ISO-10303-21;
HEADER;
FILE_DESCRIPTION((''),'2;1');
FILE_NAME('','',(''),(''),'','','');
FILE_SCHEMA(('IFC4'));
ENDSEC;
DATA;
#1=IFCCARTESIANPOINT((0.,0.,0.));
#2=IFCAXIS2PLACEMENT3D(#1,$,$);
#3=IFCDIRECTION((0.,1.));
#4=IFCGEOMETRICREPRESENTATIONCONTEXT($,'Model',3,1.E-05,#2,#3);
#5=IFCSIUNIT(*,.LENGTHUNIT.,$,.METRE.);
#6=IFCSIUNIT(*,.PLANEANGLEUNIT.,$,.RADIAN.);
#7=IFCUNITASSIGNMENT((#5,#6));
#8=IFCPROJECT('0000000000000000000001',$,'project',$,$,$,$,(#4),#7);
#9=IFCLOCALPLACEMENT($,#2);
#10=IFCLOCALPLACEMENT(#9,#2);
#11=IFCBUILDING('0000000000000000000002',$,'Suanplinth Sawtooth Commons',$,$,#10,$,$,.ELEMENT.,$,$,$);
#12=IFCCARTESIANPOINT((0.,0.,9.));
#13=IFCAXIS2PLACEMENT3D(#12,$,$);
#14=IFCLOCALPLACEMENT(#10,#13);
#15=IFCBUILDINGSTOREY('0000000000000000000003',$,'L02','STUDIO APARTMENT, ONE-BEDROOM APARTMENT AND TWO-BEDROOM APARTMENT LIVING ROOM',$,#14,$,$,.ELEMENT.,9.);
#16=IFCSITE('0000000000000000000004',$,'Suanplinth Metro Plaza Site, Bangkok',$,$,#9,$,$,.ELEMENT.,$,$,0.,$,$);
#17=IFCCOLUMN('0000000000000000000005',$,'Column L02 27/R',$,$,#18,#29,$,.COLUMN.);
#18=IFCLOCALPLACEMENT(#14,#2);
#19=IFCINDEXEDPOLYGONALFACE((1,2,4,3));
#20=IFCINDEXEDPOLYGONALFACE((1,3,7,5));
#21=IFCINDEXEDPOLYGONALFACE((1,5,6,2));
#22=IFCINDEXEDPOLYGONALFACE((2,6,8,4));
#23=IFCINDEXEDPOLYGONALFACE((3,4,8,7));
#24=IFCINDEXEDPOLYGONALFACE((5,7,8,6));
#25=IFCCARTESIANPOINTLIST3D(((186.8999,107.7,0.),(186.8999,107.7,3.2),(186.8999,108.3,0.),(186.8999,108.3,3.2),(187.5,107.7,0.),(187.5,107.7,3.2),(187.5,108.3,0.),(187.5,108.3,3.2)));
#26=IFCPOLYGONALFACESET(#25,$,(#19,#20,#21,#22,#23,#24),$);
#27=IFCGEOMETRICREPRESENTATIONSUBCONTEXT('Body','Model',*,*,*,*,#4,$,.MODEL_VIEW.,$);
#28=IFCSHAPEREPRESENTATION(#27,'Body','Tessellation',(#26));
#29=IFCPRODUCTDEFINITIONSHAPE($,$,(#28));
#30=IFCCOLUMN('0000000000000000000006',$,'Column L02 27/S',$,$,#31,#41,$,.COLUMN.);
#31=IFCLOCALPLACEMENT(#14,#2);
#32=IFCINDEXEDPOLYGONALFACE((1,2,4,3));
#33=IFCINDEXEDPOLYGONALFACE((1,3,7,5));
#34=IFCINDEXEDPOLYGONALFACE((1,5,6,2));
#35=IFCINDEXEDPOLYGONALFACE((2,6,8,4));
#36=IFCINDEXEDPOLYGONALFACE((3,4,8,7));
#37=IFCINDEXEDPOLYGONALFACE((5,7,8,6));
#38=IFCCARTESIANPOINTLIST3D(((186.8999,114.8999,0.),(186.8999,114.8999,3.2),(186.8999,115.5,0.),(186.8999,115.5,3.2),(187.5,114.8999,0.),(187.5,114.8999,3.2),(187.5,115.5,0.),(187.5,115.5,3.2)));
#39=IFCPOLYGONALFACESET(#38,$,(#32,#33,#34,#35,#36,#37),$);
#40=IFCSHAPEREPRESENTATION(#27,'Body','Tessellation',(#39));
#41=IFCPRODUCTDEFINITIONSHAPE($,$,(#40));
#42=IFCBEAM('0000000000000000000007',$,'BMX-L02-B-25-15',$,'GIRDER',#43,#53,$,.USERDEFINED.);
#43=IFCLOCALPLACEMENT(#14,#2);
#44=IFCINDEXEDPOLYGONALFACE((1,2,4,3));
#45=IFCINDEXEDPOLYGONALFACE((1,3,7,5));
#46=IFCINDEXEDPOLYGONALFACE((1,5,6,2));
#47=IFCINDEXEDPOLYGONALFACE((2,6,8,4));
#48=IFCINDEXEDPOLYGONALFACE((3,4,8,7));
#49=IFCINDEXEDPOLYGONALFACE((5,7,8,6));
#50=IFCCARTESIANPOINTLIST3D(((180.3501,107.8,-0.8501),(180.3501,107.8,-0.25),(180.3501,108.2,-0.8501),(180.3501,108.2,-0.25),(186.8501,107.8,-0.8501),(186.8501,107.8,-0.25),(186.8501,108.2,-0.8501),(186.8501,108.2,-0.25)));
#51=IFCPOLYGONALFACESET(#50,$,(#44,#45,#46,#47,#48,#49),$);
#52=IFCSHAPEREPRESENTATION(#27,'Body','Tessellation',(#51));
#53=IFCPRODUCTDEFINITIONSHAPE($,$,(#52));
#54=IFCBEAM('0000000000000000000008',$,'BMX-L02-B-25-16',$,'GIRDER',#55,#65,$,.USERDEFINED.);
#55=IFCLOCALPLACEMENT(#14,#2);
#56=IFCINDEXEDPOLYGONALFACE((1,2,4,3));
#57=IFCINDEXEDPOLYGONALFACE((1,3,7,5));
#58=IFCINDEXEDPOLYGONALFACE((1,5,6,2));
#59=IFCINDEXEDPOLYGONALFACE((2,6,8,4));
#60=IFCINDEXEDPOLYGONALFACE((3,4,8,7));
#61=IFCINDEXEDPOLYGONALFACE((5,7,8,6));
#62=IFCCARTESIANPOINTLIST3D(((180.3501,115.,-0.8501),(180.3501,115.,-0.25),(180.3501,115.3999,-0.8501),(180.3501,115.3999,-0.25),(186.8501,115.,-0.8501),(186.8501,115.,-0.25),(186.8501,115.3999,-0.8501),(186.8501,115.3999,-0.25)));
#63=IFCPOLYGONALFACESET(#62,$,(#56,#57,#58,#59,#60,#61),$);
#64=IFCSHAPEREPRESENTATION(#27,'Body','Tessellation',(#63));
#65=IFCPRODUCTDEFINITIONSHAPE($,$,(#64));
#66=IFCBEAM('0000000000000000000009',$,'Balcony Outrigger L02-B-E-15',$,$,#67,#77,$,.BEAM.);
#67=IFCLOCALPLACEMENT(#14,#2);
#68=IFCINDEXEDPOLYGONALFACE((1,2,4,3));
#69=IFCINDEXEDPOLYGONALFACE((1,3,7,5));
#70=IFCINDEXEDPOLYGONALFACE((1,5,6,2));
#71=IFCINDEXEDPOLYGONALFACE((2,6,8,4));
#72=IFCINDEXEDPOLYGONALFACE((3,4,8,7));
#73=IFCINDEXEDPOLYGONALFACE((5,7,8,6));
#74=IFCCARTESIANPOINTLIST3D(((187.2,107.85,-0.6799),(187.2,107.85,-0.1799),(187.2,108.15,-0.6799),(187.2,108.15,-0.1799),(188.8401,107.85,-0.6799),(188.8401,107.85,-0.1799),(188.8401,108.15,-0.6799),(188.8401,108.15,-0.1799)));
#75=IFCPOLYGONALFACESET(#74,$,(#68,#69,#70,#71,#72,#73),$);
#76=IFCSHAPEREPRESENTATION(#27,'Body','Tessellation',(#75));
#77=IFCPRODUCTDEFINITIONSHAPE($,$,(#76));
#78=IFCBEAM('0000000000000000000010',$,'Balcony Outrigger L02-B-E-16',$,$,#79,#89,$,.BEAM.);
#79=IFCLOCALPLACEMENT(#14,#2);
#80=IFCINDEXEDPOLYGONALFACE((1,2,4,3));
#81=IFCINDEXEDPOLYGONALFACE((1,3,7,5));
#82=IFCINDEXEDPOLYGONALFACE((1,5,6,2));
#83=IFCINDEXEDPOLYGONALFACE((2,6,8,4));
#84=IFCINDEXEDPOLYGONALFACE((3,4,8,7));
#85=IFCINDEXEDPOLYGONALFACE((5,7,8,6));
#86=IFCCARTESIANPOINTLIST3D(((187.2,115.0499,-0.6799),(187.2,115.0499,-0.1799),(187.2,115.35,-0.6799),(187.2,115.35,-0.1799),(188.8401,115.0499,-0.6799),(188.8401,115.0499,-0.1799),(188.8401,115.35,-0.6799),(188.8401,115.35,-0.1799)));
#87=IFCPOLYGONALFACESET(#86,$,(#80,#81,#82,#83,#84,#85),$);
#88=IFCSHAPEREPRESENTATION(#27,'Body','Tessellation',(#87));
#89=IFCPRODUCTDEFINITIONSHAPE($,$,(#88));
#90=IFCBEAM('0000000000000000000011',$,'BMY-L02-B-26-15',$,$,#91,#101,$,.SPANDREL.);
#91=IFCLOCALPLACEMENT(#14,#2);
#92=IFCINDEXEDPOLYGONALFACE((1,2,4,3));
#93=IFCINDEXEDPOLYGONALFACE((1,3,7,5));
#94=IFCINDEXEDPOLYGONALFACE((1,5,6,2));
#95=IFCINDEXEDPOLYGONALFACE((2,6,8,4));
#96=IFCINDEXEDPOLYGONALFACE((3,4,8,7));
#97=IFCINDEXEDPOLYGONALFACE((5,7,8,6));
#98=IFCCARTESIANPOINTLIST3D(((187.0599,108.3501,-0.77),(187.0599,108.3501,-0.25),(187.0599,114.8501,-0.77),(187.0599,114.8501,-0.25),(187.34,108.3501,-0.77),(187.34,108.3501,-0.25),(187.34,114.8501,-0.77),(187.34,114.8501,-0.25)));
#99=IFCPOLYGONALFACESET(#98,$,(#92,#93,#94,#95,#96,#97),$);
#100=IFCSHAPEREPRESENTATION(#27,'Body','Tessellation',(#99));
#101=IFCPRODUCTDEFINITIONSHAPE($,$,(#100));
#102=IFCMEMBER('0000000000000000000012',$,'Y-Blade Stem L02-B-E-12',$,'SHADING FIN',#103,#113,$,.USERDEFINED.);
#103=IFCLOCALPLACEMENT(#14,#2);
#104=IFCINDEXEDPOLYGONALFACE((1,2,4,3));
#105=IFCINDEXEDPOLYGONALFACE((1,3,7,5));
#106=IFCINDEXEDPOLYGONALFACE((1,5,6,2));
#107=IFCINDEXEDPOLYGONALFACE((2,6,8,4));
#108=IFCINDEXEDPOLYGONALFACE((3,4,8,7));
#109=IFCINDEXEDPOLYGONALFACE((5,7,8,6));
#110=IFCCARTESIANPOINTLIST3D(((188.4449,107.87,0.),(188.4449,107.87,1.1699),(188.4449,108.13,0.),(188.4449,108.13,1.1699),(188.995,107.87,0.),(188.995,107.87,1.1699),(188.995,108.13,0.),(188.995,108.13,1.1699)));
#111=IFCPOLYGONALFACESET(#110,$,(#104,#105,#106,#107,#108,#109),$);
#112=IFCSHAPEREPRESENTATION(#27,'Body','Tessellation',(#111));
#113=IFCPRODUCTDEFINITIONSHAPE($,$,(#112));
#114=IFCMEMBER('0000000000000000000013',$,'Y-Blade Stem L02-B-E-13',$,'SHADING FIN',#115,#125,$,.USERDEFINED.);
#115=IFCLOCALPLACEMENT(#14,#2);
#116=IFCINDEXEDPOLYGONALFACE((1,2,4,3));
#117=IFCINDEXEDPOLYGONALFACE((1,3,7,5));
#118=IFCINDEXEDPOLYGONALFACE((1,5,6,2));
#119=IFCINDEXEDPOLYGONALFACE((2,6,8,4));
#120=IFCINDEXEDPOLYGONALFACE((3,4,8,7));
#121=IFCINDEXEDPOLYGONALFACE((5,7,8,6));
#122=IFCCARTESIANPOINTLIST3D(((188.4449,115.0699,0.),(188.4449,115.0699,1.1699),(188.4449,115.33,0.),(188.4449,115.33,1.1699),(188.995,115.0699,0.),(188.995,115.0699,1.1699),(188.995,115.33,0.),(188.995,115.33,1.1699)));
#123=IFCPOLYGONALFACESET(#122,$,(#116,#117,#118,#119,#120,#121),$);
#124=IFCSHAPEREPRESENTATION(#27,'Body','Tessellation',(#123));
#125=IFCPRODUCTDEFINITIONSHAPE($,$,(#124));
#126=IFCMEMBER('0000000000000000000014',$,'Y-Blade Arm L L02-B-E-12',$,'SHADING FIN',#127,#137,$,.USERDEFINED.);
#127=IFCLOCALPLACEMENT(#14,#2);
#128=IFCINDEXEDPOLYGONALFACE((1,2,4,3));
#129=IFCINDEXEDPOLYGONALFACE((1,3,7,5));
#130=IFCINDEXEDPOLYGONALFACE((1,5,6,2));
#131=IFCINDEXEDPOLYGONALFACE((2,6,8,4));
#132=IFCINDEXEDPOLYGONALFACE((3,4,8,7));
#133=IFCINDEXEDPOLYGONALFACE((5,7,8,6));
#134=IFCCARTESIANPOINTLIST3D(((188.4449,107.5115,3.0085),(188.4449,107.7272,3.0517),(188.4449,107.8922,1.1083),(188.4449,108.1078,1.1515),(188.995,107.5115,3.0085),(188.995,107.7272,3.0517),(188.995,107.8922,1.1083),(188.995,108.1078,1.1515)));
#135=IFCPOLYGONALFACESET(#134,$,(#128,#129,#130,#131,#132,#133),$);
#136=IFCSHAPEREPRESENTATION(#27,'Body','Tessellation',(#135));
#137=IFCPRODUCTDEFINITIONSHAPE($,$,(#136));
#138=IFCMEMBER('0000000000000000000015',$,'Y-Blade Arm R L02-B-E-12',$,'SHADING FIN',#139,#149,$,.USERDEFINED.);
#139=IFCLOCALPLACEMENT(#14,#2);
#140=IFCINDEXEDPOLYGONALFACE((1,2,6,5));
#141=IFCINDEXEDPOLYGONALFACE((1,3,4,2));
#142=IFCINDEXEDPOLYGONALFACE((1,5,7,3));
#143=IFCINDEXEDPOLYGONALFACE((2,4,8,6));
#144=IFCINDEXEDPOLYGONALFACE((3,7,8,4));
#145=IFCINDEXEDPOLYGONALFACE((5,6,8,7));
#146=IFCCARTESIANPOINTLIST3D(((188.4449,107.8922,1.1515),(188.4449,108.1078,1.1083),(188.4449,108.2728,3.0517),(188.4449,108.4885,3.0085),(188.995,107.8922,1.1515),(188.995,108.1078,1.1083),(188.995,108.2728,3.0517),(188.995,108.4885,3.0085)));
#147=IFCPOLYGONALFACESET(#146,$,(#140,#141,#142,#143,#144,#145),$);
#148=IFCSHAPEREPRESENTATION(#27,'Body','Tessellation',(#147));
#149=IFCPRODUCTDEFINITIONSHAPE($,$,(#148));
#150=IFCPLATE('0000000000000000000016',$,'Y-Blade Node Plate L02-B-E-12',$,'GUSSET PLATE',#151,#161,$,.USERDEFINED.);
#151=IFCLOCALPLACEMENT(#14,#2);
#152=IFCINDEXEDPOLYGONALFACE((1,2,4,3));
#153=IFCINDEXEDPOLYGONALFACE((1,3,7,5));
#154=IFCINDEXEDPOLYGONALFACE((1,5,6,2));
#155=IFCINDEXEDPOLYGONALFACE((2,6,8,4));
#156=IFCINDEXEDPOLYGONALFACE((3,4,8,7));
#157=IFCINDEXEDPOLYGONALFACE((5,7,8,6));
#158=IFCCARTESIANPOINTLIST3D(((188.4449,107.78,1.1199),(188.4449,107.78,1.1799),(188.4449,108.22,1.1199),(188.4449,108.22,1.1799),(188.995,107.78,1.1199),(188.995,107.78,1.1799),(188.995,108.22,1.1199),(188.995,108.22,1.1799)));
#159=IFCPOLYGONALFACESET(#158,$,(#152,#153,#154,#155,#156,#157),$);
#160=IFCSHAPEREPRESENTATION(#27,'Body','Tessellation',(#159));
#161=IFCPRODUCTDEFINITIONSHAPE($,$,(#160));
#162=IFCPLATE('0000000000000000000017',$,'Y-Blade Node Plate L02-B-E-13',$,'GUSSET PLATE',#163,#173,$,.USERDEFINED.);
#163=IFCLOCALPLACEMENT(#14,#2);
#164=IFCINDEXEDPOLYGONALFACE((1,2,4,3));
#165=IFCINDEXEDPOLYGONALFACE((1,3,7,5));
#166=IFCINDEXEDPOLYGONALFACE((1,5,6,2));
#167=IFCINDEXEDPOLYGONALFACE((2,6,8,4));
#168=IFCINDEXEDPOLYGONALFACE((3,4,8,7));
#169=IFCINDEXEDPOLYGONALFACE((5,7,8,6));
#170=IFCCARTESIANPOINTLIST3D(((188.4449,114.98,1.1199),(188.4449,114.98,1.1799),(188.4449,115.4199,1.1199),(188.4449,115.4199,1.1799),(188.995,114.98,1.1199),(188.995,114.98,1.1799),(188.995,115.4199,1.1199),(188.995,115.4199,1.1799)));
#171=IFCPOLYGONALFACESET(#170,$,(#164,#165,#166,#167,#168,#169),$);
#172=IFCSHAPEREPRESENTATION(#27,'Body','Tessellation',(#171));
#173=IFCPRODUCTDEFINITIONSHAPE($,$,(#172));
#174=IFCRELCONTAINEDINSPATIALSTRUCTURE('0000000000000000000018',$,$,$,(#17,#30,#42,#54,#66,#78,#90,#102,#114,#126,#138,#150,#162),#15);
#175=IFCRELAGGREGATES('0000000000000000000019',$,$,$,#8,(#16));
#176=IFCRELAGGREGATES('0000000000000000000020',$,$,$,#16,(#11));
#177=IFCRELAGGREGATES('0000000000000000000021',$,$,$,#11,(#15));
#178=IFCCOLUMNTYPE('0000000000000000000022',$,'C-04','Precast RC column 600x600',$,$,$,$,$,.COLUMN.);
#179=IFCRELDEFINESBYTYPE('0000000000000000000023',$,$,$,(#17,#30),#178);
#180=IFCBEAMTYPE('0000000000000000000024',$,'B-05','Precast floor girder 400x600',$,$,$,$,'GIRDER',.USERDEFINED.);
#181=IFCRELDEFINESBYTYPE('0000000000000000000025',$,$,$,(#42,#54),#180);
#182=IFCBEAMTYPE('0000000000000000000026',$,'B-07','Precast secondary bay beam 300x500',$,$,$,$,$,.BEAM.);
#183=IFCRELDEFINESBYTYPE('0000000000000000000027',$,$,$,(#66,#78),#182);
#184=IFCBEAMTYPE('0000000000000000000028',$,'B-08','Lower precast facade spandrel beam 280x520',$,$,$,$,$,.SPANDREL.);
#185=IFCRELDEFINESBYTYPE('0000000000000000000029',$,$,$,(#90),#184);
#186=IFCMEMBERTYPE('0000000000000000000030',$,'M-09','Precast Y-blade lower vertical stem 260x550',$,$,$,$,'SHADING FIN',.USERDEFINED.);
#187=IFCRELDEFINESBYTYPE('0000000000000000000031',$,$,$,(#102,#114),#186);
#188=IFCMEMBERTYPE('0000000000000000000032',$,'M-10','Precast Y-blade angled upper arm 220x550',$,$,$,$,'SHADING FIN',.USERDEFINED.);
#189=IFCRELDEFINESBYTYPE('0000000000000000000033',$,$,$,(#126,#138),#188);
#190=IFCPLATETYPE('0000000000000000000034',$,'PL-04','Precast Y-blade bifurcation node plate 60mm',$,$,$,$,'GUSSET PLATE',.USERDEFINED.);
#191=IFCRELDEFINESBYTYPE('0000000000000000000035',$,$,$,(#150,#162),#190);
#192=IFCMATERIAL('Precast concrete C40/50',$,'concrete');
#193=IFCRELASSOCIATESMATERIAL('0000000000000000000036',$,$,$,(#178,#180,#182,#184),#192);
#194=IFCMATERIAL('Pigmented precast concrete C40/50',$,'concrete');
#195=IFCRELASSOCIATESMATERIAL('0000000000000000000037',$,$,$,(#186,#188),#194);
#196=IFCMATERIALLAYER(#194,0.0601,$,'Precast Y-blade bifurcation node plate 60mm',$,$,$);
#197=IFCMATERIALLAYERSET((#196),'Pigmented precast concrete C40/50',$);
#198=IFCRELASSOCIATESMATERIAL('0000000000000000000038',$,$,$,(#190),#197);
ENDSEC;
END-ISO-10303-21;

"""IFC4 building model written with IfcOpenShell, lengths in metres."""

from ifc_helpers import new_model, si_unit, direction, frame, origin, origin_2d, place, context, subcontext, project, spatial, rectangle, extrude, material, layer, layer_set, material_profile, profile_set, type_object, element, save


model = new_model("IFC4")

# Units and contexts
model_context = context("Model", 3, precision=1e-05, world=origin(), true_north=direction((0.0, 1.0)))
body_context = subcontext(model_context, "Body", "Model", "MODEL_VIEW")
ifc_project = project(units=[si_unit("LENGTHUNIT", "METRE"), si_unit("PLANEANGLEUNIT", "RADIAN")], contexts=[model_context])

# Site, building, storey
site_placement = place(None, origin())
site = spatial("IfcSite", under=ifc_project, at=site_placement, Name="Suanplinth Metro Plaza Site, Bangkok", CompositionType="ELEMENT", RefElevation=0.0)
building_placement = place(site_placement, origin())
building = spatial("IfcBuilding", under=site, at=building_placement, Name="Suanplinth Sawtooth Commons", CompositionType="ELEMENT")
storey_placement = place(building_placement, frame((0.0, 0.0, 9.0)))
storey = spatial("IfcBuildingStorey", under=building, at=storey_placement, Name="L02", Description="STUDIO APARTMENT, ONE-BEDROOM APARTMENT AND TWO-BEDROOM APARTMENT LIVING ROOM", CompositionType="ELEMENT", Elevation=9.0)

# Columns
ifc_material_1 = material(Name="Precast concrete C40/50", Category="concrete")
ifc_material_profile_1 = material_profile(ifc_material_1, rectangle(XDim=0.6001, YDim=0.6001, at=origin_2d()), Name="PC-COL 600x600")
ifc_profile_set_1 = profile_set([ifc_material_profile_1], Name="Precast concrete C40/50")
column_type = type_object("IfcColumnType", Name="C-04", Description="Precast RC column 600x600", PredefinedType="COLUMN", material=ifc_profile_set_1)
for number, where, z_axis, x_axis, name in (
    (1, (187.2, 108.0, 0.0), (0.0, 0.0, 1.0), (1.0, 0.0, 0.0), "Column L02 27/R"),
    (2, (187.2, 115.2, 0.0), (0.0, 0.0, 1.0), (1.0, 0.0, 0.0), "Column L02 27/S"),
):
    element("IfcColumn", number, at=place(storey_placement, frame(where, z_axis=z_axis, x_axis=x_axis)), inside=storey, type_object=column_type, Name=name, PredefinedType="COLUMN", context=body_context, shape_type="SweptSolid", body=[
        extrude(rectangle(XDim=0.6001, YDim=0.6001, at=origin_2d()), origin(), (0.0, 0.0, 1.0), 3.2),
    ])

# Beams
ifc_material_profile_2 = material_profile(ifc_material_1, rectangle(XDim=0.3999, YDim=0.6001, at=origin_2d()), Name="PC-GDR 400x600")
ifc_profile_set_2 = profile_set([ifc_material_profile_2], Name="Precast concrete C40/50")
beam_type_1 = type_object("IfcBeamType", Name="B-05", Description="Precast floor girder 400x600", ElementType="GIRDER", PredefinedType="USERDEFINED", material=ifc_profile_set_2)
for number, where, z_axis, x_axis, name in (
    (3, (180.3501, 108.0, -0.55), (1.0, 0.0, 0.0), (0.0, 1.0, 0.0), "BMX-L02-B-25-15"),
    (4, (180.3501, 115.2, -0.55), (1.0, 0.0, 0.0), (0.0, 1.0, 0.0), "BMX-L02-B-25-16"),
):
    element("IfcBeam", number, at=place(storey_placement, frame(where, z_axis=z_axis, x_axis=x_axis)), inside=storey, type_object=beam_type_1, Name=name, ObjectType="GIRDER", PredefinedType="USERDEFINED", context=body_context, shape_type="SweptSolid", body=[
        extrude(rectangle(XDim=0.3999, YDim=0.6001, at=origin_2d()), origin(), (0.0, 0.0, 1.0), 6.5),
    ])
ifc_material_profile_3 = material_profile(ifc_material_1, rectangle(XDim=0.3, YDim=0.5, at=origin_2d()), Name="PC-BM 300x500")
ifc_profile_set_3 = profile_set([ifc_material_profile_3], Name="Precast concrete C40/50")
beam_type_2 = type_object("IfcBeamType", Name="B-07", Description="Precast secondary bay beam 300x500", PredefinedType="BEAM", material=ifc_profile_set_3)
for number, where, z_axis, x_axis, name in (
    (5, (187.2, 108.0, -0.4299), (1.0, 0.0, 0.0), (0.0, 1.0, 0.0), "Balcony Outrigger L02-B-E-15"),
    (6, (187.2, 115.2, -0.4299), (1.0, 0.0, 0.0), (0.0, 1.0, 0.0), "Balcony Outrigger L02-B-E-16"),
):
    element("IfcBeam", number, at=place(storey_placement, frame(where, z_axis=z_axis, x_axis=x_axis)), inside=storey, type_object=beam_type_2, Name=name, PredefinedType="BEAM", context=body_context, shape_type="SweptSolid", body=[
        extrude(rectangle(XDim=0.3, YDim=0.5, at=origin_2d()), origin(), (0.0, 0.0, 1.0), 1.6401),
    ])
ifc_material_profile_4 = material_profile(ifc_material_1, rectangle(XDim=0.28, YDim=0.52, at=origin_2d()), Name="PC-SP 280x520")
ifc_profile_set_4 = profile_set([ifc_material_profile_4], Name="Precast concrete C40/50")
beam_type_3 = type_object("IfcBeamType", Name="B-08", Description="Lower precast facade spandrel beam 280x520", PredefinedType="SPANDREL", material=ifc_profile_set_4)
beam_placement = place(storey_placement, frame((187.2, 108.3501, -0.51), z_axis=(0.0, 1.0, 0.0), x_axis=(-1.0, 0.0, 0.0)))
element("IfcBeam", 7, at=beam_placement, inside=storey, type_object=beam_type_3, Name="BMY-L02-B-26-15", PredefinedType="SPANDREL", context=body_context, shape_type="SweptSolid", body=[
    extrude(rectangle(XDim=0.28, YDim=0.52, at=origin_2d()), origin(), (0.0, 0.0, 1.0), 6.5),
])

# Members
ifc_material_2 = material(Name="Pigmented precast concrete C40/50", Category="concrete")
ifc_material_profile_5 = material_profile(ifc_material_2, rectangle(XDim=0.26, YDim=0.55, at=origin_2d()), Name="PC-FIN 260x550")
ifc_profile_set_5 = profile_set([ifc_material_profile_5], Name="Pigmented precast concrete C40/50")
member_type_1 = type_object("IfcMemberType", Name="M-09", Description="Precast Y-blade lower vertical stem 260x550", ElementType="SHADING FIN", PredefinedType="USERDEFINED", material=ifc_profile_set_5)
for number, where, z_axis, x_axis, name in (
    (8, (188.72, 108.0, 0.0), (0.0, 0.0, 1.0), (0.0, 1.0, 0.0), "Y-Blade Stem L02-B-E-12"),
    (9, (188.72, 115.2, 0.0), (0.0, 0.0, 1.0), (0.0, 1.0, 0.0), "Y-Blade Stem L02-B-E-13"),
):
    element("IfcMember", number, at=place(storey_placement, frame(where, z_axis=z_axis, x_axis=x_axis)), inside=storey, type_object=member_type_1, Name=name, ObjectType="SHADING FIN", PredefinedType="USERDEFINED", context=body_context, shape_type="SweptSolid", body=[
        extrude(rectangle(XDim=0.26, YDim=0.55, at=origin_2d()), origin(), (0.0, 0.0, 1.0), 1.1699),
    ])
ifc_material_profile_6 = material_profile(ifc_material_2, rectangle(XDim=0.22, YDim=0.55, at=origin_2d()), Name="PC-FIN 220x550")
ifc_profile_set_6 = profile_set([ifc_material_profile_6], Name="Pigmented precast concrete C40/50")
member_type_2 = type_object("IfcMemberType", Name="M-10", Description="Precast Y-blade angled upper arm 220x550", ElementType="SHADING FIN", PredefinedType="USERDEFINED", material=ifc_profile_set_6)
for number, where, z_axis, x_axis, name in (
    (10, (188.72, 108.0, 1.1299), (0.0, -0.196407, 0.980522), (0.0, 0.980522, 0.196407), "Y-Blade Arm L L02-B-E-12"),
    (11, (188.72, 108.0, 1.1299), (0.0, 0.196407, 0.980522), (0.0, -0.980522, 0.196407), "Y-Blade Arm R L02-B-E-12"),
):
    element("IfcMember", number, at=place(storey_placement, frame(where, z_axis=z_axis, x_axis=x_axis)), inside=storey, type_object=member_type_2, Name=name, ObjectType="SHADING FIN", PredefinedType="USERDEFINED", context=body_context, shape_type="SweptSolid", body=[
        extrude(rectangle(XDim=0.22, YDim=0.55, at=origin_2d()), origin(), (0.0, 0.0, 1.0), 1.938),
    ])

# Plates
ifc_layer_1 = layer(ifc_material_2, 0.0601, Name="Precast Y-blade bifurcation node plate 60mm")
ifc_layer_set_1 = layer_set([ifc_layer_1], Name="Pigmented precast concrete C40/50")
plate_type = type_object("IfcPlateType", Name="PL-04", Description="Precast Y-blade bifurcation node plate 60mm", ElementType="GUSSET PLATE", PredefinedType="USERDEFINED", material=ifc_layer_set_1)
for number, where, z_axis, x_axis, name in (
    (12, (188.72, 108.0, 1.1199), (0.0, 0.0, 1.0), (0.0, 1.0, 0.0), "Y-Blade Node Plate L02-B-E-12"),
    (13, (188.72, 115.2, 1.1199), (0.0, 0.0, 1.0), (0.0, 1.0, 0.0), "Y-Blade Node Plate L02-B-E-13"),
):
    element("IfcPlate", number, at=place(storey_placement, frame(where, z_axis=z_axis, x_axis=x_axis)), inside=storey, type_object=plate_type, Name=name, ObjectType="GUSSET PLATE", PredefinedType="USERDEFINED", context=body_context, shape_type="SweptSolid", body=[
        extrude(rectangle(XDim=0.4399, YDim=0.55, at=origin_2d()), origin(), (0.0, 0.0, 1.0), 0.0601),
    ])

save(model, "model.ifc")
